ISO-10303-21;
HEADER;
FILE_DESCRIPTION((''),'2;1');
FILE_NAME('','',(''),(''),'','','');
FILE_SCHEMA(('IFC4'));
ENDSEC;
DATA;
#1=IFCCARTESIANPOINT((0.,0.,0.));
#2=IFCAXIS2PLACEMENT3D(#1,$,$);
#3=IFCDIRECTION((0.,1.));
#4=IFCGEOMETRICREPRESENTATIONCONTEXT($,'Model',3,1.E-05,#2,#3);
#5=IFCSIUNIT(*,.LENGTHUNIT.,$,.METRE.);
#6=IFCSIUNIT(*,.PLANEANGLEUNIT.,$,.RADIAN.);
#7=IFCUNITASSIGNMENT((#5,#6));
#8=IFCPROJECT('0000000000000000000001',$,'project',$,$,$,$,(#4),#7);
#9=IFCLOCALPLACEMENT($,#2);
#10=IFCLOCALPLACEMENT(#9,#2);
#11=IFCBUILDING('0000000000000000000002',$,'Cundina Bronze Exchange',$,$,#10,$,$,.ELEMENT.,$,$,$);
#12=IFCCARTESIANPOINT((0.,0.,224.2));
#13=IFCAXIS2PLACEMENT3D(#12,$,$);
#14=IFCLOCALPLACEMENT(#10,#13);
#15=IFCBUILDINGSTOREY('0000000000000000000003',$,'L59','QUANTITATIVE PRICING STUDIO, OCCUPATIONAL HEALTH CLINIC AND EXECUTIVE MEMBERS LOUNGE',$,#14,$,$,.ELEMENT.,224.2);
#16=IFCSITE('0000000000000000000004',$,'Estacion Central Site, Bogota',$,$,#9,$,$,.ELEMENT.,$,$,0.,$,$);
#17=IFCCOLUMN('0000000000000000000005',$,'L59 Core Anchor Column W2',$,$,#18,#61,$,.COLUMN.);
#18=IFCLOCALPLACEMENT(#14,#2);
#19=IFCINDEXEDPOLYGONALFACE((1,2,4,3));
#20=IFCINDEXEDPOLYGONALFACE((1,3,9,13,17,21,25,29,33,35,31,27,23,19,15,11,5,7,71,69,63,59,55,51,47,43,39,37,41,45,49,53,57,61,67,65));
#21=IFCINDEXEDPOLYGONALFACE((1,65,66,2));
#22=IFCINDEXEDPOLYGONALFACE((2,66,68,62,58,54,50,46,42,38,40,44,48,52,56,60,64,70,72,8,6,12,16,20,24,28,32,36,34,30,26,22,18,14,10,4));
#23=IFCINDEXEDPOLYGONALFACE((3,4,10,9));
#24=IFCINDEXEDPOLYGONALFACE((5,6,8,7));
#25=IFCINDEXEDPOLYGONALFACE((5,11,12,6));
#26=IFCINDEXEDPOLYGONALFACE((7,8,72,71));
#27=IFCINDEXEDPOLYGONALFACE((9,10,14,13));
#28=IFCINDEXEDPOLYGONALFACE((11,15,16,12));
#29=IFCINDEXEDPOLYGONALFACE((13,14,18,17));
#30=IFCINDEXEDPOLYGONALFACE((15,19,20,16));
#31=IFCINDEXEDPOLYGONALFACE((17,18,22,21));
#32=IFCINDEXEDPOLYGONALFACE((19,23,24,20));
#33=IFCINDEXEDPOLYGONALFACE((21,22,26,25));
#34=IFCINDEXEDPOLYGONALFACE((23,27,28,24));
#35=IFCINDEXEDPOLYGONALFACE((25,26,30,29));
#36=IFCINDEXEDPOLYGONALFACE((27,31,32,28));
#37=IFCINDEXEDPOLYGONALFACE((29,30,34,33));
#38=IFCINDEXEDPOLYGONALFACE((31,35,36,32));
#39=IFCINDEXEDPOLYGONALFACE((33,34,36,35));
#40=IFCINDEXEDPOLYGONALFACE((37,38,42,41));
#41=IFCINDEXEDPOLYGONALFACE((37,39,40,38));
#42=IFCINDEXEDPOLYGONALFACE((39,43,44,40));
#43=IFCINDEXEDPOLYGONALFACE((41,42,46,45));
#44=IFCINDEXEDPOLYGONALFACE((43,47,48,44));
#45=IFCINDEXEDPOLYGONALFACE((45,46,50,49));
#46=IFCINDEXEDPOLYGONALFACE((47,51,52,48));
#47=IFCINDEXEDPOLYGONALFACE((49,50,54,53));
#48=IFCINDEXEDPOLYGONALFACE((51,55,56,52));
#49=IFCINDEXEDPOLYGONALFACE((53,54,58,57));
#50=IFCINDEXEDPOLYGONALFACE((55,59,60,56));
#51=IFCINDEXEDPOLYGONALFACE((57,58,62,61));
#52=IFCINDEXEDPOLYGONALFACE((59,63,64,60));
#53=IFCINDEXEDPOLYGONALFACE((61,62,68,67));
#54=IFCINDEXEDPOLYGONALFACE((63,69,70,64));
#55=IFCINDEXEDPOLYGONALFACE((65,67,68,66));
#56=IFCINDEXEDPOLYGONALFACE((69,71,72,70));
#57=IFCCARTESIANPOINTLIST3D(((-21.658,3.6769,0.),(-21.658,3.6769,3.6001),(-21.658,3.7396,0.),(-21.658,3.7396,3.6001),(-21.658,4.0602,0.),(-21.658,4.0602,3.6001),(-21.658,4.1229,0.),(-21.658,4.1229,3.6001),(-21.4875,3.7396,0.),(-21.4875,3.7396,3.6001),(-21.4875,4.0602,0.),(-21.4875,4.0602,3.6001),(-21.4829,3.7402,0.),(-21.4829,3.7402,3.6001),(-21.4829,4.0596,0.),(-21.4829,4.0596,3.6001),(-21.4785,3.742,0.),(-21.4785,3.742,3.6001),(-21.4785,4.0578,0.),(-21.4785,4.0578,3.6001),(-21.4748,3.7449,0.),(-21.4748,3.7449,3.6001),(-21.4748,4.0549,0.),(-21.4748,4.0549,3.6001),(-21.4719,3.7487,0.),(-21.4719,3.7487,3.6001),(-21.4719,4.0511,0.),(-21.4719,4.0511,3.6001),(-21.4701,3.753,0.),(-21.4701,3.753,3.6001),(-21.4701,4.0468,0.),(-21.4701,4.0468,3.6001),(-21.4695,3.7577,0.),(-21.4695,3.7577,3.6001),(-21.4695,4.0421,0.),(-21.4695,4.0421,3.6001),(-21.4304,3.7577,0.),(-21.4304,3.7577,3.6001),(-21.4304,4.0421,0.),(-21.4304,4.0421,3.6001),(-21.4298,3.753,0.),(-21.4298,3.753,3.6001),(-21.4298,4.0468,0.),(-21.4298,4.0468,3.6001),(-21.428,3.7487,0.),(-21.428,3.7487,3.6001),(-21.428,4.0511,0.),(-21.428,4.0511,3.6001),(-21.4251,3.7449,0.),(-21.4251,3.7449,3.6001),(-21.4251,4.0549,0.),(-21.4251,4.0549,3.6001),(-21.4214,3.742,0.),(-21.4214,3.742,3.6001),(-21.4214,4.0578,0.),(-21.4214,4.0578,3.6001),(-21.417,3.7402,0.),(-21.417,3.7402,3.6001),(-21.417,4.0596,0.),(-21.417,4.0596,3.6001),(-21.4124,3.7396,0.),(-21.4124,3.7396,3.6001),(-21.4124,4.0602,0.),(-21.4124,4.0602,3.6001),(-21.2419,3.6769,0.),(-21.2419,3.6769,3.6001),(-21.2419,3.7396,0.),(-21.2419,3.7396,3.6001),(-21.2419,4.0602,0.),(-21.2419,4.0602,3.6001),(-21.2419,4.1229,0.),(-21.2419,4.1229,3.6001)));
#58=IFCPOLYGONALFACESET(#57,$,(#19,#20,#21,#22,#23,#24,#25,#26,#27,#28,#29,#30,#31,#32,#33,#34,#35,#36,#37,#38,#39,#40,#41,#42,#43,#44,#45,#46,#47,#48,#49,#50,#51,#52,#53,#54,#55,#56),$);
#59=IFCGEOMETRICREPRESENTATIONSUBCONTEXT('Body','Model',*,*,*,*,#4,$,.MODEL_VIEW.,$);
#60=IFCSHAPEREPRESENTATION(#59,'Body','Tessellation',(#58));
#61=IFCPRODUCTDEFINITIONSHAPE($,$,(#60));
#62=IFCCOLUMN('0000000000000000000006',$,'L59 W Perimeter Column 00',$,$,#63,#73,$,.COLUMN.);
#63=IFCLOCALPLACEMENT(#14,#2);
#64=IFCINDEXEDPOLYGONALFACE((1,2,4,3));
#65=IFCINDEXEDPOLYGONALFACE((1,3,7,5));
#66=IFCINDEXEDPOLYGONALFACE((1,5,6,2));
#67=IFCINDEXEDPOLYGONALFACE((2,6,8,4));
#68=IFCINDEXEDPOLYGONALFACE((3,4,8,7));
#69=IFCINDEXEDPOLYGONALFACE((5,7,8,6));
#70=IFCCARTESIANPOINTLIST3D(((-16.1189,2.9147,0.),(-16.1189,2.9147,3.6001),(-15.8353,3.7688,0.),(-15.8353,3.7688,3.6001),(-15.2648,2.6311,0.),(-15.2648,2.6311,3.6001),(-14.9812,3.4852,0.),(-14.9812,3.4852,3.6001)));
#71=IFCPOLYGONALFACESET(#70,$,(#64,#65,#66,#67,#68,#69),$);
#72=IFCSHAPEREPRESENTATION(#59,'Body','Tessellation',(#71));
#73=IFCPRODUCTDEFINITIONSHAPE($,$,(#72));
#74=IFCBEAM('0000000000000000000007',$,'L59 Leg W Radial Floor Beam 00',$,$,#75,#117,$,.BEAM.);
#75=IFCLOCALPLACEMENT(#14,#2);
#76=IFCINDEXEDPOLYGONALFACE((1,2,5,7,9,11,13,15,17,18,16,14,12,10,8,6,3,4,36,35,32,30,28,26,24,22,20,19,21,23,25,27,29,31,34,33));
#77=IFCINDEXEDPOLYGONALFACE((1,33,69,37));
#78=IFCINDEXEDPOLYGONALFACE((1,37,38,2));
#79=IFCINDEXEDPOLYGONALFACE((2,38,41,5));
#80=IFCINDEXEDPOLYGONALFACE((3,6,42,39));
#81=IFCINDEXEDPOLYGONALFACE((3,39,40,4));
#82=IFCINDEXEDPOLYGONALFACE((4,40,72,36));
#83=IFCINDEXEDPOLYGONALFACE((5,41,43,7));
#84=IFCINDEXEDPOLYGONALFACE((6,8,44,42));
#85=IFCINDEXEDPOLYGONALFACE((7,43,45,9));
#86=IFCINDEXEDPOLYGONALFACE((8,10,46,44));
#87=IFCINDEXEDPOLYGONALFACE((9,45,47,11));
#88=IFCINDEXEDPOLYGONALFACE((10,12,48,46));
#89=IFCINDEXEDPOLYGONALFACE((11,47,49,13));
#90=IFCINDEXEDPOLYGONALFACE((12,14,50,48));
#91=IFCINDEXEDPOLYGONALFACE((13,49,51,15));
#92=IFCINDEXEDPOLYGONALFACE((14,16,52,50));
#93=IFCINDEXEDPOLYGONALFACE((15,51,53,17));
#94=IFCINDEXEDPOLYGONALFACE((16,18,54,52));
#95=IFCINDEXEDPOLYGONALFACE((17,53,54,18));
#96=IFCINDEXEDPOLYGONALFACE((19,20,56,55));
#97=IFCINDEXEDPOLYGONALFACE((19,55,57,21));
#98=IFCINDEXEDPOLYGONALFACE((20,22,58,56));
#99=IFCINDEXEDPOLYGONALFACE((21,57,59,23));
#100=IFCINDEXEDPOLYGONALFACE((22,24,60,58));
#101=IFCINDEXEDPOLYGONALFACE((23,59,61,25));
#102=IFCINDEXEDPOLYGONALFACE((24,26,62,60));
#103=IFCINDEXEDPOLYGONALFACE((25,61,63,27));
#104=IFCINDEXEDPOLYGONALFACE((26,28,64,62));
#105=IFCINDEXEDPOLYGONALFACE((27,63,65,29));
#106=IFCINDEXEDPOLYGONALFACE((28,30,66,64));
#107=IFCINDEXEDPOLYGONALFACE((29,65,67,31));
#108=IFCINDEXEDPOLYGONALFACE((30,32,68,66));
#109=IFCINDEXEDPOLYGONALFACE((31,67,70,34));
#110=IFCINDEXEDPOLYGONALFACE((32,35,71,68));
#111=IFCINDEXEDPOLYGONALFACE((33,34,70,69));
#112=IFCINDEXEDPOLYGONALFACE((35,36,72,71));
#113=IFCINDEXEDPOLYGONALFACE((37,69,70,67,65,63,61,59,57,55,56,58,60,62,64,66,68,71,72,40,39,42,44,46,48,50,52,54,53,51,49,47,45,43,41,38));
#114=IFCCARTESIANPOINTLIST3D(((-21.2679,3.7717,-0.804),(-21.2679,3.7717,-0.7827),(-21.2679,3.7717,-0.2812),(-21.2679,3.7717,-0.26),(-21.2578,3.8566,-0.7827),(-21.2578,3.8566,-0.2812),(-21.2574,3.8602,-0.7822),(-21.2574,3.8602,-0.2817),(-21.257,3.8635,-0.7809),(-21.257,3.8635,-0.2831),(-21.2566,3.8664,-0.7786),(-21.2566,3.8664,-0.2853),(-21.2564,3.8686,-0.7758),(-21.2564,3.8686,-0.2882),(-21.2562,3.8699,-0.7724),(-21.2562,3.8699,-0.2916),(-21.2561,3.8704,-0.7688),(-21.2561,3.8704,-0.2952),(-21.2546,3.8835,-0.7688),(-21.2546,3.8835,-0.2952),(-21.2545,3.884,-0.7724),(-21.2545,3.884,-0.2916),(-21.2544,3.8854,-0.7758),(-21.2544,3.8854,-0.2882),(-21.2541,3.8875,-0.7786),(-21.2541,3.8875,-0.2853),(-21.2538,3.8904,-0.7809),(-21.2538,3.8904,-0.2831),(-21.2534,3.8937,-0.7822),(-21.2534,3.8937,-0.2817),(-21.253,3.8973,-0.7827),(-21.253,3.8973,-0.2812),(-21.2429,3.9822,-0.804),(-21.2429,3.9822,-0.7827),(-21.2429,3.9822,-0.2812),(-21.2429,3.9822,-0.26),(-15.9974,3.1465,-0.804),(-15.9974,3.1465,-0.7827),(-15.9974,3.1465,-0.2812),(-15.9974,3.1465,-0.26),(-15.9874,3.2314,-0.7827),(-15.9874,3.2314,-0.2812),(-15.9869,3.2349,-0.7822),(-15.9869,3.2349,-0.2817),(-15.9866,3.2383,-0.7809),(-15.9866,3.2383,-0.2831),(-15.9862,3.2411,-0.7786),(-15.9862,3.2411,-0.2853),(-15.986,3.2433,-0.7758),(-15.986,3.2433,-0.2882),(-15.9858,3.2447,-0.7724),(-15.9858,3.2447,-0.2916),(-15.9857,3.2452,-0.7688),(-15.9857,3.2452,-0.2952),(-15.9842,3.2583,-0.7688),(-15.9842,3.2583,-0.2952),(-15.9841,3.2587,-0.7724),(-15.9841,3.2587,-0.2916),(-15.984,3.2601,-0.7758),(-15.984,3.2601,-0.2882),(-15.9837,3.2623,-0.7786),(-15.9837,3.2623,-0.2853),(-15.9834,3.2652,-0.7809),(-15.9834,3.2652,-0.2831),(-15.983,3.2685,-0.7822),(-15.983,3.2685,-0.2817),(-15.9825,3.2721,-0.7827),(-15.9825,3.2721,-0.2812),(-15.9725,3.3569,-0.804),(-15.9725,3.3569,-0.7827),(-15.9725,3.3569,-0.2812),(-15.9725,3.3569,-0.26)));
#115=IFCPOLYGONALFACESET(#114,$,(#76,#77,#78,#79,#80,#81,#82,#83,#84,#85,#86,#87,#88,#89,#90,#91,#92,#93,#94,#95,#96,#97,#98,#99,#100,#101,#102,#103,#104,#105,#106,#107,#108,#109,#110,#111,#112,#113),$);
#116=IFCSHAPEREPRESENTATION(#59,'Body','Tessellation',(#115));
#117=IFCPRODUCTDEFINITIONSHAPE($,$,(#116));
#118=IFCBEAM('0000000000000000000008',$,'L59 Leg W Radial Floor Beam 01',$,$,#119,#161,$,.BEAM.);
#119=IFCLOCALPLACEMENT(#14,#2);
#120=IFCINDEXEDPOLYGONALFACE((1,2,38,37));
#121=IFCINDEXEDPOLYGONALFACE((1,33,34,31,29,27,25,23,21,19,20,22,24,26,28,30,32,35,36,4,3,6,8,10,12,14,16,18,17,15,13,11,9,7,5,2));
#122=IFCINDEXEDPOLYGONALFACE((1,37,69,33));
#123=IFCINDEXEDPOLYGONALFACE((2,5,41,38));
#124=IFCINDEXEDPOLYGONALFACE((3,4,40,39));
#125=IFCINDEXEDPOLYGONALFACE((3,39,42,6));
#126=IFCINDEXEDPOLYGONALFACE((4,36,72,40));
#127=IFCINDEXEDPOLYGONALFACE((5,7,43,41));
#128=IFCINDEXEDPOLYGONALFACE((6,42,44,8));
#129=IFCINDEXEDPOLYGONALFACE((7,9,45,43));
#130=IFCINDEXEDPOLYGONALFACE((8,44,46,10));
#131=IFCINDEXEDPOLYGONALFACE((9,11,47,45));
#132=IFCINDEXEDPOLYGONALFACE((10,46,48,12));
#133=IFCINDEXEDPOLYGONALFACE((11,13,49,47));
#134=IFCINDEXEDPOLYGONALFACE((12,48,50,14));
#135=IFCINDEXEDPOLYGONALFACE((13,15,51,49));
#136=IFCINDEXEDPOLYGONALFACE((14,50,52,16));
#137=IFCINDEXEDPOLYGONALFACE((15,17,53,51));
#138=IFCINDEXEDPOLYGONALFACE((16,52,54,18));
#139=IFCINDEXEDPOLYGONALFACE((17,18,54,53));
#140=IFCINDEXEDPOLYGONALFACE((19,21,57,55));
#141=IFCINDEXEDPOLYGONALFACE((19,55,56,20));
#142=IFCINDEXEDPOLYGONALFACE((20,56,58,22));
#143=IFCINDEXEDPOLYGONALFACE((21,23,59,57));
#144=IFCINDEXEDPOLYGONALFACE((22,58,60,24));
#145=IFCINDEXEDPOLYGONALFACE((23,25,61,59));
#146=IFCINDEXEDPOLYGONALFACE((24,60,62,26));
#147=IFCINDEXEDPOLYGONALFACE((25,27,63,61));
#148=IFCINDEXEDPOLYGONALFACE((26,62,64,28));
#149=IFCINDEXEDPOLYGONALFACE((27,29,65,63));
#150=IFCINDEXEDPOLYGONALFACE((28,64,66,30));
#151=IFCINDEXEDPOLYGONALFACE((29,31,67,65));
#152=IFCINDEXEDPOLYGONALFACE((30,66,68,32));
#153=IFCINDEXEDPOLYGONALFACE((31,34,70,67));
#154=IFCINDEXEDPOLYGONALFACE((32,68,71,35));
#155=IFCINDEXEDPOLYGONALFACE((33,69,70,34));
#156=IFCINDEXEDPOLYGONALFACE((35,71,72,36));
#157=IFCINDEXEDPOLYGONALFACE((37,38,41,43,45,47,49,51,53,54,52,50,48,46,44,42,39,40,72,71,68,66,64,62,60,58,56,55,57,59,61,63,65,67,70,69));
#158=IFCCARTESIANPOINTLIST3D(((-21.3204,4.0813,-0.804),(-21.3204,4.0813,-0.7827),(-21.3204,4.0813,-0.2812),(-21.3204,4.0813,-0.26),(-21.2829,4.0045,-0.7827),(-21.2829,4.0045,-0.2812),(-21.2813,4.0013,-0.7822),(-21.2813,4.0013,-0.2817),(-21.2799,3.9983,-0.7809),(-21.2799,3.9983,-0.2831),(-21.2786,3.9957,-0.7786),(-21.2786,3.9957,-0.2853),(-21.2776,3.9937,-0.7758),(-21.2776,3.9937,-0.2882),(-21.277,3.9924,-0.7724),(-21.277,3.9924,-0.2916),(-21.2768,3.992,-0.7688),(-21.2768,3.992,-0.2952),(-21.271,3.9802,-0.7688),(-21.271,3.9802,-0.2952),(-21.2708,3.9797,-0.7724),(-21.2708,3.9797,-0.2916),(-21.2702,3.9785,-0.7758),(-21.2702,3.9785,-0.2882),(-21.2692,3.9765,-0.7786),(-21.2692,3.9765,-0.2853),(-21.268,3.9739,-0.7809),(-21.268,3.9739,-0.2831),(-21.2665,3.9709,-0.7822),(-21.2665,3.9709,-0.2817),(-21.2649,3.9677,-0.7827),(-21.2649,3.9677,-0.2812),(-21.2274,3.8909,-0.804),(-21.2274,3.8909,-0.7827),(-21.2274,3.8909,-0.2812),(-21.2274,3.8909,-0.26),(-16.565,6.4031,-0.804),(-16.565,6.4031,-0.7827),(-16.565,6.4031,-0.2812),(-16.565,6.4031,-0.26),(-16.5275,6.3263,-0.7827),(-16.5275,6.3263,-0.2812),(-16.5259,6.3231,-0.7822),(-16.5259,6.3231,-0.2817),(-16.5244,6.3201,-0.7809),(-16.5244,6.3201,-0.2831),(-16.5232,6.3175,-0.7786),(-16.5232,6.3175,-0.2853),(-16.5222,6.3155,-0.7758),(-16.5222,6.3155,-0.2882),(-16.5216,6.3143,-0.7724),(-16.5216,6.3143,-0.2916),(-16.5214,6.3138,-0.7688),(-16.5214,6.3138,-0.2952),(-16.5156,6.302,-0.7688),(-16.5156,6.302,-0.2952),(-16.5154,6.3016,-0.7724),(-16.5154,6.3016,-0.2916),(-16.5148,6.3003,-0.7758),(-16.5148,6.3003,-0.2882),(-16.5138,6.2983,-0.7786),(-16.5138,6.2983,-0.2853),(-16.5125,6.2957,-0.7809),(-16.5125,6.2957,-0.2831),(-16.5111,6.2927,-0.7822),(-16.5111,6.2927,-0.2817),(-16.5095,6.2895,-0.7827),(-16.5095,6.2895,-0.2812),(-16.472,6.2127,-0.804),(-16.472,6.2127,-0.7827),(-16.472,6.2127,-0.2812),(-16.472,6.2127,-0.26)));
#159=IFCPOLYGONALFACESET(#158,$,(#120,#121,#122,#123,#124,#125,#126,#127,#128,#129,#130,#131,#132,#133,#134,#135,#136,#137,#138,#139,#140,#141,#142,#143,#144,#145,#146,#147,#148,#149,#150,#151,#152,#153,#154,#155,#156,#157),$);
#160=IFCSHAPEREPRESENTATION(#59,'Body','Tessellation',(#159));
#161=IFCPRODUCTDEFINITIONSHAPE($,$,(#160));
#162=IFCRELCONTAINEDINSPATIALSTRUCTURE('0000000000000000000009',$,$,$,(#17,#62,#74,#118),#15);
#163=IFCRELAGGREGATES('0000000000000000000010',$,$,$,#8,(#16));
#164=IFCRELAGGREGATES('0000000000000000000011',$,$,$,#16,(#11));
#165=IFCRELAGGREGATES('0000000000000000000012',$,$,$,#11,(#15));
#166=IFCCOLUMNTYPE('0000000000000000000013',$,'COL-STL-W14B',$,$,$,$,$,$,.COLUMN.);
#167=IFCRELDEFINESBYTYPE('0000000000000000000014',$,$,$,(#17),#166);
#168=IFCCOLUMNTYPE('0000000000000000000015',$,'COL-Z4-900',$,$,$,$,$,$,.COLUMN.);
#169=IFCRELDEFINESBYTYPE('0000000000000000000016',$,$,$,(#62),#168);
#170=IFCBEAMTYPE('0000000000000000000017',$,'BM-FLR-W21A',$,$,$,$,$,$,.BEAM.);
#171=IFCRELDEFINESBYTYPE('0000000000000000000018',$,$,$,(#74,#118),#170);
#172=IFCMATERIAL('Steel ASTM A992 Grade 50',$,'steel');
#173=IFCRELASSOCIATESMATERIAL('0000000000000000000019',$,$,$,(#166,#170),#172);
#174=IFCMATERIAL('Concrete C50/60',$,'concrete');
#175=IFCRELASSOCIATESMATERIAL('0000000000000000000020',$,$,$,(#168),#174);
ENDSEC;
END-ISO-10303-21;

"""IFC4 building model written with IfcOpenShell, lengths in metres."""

from ifc_helpers import new_model, si_unit, direction, frame, origin, origin_2d, place, context, subcontext, project, spatial, rectangle, i_section, extrude, material, material_profile, profile_set, type_object, element, save


model = new_model("IFC4")

# Units and contexts
model_context = context("Model", 3, precision=1e-05, world=origin(), true_north=direction((0.0, 1.0)))
body_context = subcontext(model_context, "Body", "Model", "MODEL_VIEW")
ifc_project = project(units=[si_unit("LENGTHUNIT", "METRE"), si_unit("PLANEANGLEUNIT", "RADIAN")], contexts=[model_context])

# Site, building, storey
site_placement = place(None, origin())
site = spatial("IfcSite", under=ifc_project, at=site_placement, Name="Estacion Central Site, Bogota", CompositionType="ELEMENT", RefElevation=0.0)
building_placement = place(site_placement, origin())
building = spatial("IfcBuilding", under=site, at=building_placement, Name="Cundina Bronze Exchange", CompositionType="ELEMENT")
storey_placement = place(building_placement, frame((0.0, 0.0, 224.2)))
storey = spatial("IfcBuildingStorey", under=building, at=storey_placement, Name="L59", Description="QUANTITATIVE PRICING STUDIO, OCCUPATIONAL HEALTH CLINIC AND EXECUTIVE MEMBERS LOUNGE", CompositionType="ELEMENT", Elevation=224.2)

# Columns
ifc_material_1 = material(Name="Steel ASTM A992 Grade 50", Category="steel")
ifc_material_profile_1 = material_profile(ifc_material_1, i_section(OverallWidth=0.416, OverallDepth=0.446, WebThickness=0.0391, FlangeThickness=0.0627, FilletRadius=0.0181, at=origin_2d()), Name="W14X342", Category="steel")
ifc_profile_set_1 = profile_set([ifc_material_profile_1], Name="Steel ASTM A992 Grade 50")
column_type_1 = type_object("IfcColumnType", Name="COL-STL-W14B", PredefinedType="COLUMN", material=ifc_profile_set_1)
column_1_placement = place(storey_placement, frame((-21.45, 3.8999, 0.0), z_axis=(0.0, 0.0, 1.0), x_axis=(1.0, 0.0, 0.0)))
element("IfcColumn", 1, at=column_1_placement, inside=storey, type_object=column_type_1, Name="L59 Core Anchor Column W2", PredefinedType="COLUMN", context=body_context, shape_type="SweptSolid", body=[
    extrude(i_section(OverallWidth=0.416, OverallDepth=0.446, WebThickness=0.0391, FlangeThickness=0.0627, FilletRadius=0.0181, at=origin_2d()), origin(), (0.0, 0.0, 1.0), 3.6001),
])
ifc_material_2 = material(Name="Concrete C50/60", Category="concrete")
ifc_material_profile_2 = material_profile(ifc_material_2, rectangle(XDim=0.8999, YDim=0.8999, at=origin_2d()), Name="RC900X900", Category="concrete")
ifc_profile_set_2 = profile_set([ifc_material_profile_2], Name="Concrete C50/60")
column_type_2 = type_object("IfcColumnType", Name="COL-Z4-900", PredefinedType="COLUMN", material=ifc_profile_set_2)
column_2_placement = place(storey_placement, frame((-15.55, 3.2, 0.0), z_axis=(0.0, 0.0, 1.0), x_axis=(0.315152, 0.949041, 0.0)))
element("IfcColumn", 2, at=column_2_placement, inside=storey, type_object=column_type_2, Name="L59 W Perimeter Column 00", PredefinedType="COLUMN", context=body_context, shape_type="SweptSolid", body=[
    extrude(rectangle(XDim=0.8999, YDim=0.8999, at=origin_2d()), origin(), (0.0, 0.0, 1.0), 3.6001),
])

# Beams
ifc_material_profile_3 = material_profile(ifc_material_1, i_section(OverallWidth=0.2119, OverallDepth=0.5439, WebThickness=0.0132, FlangeThickness=0.0212, FilletRadius=0.0139, at=origin_2d()), Name="W21X83", Category="steel")
ifc_profile_set_3 = profile_set([ifc_material_profile_3], Name="Steel ASTM A992 Grade 50")
beam_type_1 = type_object("IfcBeamType", Name="BM-FLR-W21A", PredefinedType="BEAM", material=ifc_profile_set_3)
beam_1_placement = place(storey_placement, frame((-21.2554, 3.877, -0.532), z_axis=(0.993037, -0.117805, 0.0), x_axis=(0.117805, 0.993037, 0.0)))
element("IfcBeam", 3, at=beam_1_placement, inside=storey, type_object=beam_type_1, Name="L59 Leg W Radial Floor Beam 00", PredefinedType="BEAM", context=body_context, shape_type="SweptSolid", body=[
    extrude(i_section(OverallWidth=0.2119, OverallDepth=0.5439, WebThickness=0.0132, FlangeThickness=0.0212, FilletRadius=0.0139, at=origin_2d()), origin(), (0.0, 0.0, 1.0), 5.3074),
])
beam_2_placement = place(storey_placement, frame((-21.2739, 3.9861, -0.532), z_axis=(0.898613, 0.438742, 0.0), x_axis=(-0.438742, 0.898613, 0.0)))
element("IfcBeam", 4, at=beam_2_placement, inside=storey, type_object=beam_type_1, Name="L59 Leg W Radial Floor Beam 01", PredefinedType="BEAM", context=body_context, shape_type="SweptSolid", body=[
    extrude(i_section(OverallWidth=0.2119, OverallDepth=0.5439, WebThickness=0.0132, FlangeThickness=0.0212, FilletRadius=0.0139, at=origin_2d()), origin(), (0.0, 0.0, 1.0), 5.292),
])

save(model, "model.ifc")
